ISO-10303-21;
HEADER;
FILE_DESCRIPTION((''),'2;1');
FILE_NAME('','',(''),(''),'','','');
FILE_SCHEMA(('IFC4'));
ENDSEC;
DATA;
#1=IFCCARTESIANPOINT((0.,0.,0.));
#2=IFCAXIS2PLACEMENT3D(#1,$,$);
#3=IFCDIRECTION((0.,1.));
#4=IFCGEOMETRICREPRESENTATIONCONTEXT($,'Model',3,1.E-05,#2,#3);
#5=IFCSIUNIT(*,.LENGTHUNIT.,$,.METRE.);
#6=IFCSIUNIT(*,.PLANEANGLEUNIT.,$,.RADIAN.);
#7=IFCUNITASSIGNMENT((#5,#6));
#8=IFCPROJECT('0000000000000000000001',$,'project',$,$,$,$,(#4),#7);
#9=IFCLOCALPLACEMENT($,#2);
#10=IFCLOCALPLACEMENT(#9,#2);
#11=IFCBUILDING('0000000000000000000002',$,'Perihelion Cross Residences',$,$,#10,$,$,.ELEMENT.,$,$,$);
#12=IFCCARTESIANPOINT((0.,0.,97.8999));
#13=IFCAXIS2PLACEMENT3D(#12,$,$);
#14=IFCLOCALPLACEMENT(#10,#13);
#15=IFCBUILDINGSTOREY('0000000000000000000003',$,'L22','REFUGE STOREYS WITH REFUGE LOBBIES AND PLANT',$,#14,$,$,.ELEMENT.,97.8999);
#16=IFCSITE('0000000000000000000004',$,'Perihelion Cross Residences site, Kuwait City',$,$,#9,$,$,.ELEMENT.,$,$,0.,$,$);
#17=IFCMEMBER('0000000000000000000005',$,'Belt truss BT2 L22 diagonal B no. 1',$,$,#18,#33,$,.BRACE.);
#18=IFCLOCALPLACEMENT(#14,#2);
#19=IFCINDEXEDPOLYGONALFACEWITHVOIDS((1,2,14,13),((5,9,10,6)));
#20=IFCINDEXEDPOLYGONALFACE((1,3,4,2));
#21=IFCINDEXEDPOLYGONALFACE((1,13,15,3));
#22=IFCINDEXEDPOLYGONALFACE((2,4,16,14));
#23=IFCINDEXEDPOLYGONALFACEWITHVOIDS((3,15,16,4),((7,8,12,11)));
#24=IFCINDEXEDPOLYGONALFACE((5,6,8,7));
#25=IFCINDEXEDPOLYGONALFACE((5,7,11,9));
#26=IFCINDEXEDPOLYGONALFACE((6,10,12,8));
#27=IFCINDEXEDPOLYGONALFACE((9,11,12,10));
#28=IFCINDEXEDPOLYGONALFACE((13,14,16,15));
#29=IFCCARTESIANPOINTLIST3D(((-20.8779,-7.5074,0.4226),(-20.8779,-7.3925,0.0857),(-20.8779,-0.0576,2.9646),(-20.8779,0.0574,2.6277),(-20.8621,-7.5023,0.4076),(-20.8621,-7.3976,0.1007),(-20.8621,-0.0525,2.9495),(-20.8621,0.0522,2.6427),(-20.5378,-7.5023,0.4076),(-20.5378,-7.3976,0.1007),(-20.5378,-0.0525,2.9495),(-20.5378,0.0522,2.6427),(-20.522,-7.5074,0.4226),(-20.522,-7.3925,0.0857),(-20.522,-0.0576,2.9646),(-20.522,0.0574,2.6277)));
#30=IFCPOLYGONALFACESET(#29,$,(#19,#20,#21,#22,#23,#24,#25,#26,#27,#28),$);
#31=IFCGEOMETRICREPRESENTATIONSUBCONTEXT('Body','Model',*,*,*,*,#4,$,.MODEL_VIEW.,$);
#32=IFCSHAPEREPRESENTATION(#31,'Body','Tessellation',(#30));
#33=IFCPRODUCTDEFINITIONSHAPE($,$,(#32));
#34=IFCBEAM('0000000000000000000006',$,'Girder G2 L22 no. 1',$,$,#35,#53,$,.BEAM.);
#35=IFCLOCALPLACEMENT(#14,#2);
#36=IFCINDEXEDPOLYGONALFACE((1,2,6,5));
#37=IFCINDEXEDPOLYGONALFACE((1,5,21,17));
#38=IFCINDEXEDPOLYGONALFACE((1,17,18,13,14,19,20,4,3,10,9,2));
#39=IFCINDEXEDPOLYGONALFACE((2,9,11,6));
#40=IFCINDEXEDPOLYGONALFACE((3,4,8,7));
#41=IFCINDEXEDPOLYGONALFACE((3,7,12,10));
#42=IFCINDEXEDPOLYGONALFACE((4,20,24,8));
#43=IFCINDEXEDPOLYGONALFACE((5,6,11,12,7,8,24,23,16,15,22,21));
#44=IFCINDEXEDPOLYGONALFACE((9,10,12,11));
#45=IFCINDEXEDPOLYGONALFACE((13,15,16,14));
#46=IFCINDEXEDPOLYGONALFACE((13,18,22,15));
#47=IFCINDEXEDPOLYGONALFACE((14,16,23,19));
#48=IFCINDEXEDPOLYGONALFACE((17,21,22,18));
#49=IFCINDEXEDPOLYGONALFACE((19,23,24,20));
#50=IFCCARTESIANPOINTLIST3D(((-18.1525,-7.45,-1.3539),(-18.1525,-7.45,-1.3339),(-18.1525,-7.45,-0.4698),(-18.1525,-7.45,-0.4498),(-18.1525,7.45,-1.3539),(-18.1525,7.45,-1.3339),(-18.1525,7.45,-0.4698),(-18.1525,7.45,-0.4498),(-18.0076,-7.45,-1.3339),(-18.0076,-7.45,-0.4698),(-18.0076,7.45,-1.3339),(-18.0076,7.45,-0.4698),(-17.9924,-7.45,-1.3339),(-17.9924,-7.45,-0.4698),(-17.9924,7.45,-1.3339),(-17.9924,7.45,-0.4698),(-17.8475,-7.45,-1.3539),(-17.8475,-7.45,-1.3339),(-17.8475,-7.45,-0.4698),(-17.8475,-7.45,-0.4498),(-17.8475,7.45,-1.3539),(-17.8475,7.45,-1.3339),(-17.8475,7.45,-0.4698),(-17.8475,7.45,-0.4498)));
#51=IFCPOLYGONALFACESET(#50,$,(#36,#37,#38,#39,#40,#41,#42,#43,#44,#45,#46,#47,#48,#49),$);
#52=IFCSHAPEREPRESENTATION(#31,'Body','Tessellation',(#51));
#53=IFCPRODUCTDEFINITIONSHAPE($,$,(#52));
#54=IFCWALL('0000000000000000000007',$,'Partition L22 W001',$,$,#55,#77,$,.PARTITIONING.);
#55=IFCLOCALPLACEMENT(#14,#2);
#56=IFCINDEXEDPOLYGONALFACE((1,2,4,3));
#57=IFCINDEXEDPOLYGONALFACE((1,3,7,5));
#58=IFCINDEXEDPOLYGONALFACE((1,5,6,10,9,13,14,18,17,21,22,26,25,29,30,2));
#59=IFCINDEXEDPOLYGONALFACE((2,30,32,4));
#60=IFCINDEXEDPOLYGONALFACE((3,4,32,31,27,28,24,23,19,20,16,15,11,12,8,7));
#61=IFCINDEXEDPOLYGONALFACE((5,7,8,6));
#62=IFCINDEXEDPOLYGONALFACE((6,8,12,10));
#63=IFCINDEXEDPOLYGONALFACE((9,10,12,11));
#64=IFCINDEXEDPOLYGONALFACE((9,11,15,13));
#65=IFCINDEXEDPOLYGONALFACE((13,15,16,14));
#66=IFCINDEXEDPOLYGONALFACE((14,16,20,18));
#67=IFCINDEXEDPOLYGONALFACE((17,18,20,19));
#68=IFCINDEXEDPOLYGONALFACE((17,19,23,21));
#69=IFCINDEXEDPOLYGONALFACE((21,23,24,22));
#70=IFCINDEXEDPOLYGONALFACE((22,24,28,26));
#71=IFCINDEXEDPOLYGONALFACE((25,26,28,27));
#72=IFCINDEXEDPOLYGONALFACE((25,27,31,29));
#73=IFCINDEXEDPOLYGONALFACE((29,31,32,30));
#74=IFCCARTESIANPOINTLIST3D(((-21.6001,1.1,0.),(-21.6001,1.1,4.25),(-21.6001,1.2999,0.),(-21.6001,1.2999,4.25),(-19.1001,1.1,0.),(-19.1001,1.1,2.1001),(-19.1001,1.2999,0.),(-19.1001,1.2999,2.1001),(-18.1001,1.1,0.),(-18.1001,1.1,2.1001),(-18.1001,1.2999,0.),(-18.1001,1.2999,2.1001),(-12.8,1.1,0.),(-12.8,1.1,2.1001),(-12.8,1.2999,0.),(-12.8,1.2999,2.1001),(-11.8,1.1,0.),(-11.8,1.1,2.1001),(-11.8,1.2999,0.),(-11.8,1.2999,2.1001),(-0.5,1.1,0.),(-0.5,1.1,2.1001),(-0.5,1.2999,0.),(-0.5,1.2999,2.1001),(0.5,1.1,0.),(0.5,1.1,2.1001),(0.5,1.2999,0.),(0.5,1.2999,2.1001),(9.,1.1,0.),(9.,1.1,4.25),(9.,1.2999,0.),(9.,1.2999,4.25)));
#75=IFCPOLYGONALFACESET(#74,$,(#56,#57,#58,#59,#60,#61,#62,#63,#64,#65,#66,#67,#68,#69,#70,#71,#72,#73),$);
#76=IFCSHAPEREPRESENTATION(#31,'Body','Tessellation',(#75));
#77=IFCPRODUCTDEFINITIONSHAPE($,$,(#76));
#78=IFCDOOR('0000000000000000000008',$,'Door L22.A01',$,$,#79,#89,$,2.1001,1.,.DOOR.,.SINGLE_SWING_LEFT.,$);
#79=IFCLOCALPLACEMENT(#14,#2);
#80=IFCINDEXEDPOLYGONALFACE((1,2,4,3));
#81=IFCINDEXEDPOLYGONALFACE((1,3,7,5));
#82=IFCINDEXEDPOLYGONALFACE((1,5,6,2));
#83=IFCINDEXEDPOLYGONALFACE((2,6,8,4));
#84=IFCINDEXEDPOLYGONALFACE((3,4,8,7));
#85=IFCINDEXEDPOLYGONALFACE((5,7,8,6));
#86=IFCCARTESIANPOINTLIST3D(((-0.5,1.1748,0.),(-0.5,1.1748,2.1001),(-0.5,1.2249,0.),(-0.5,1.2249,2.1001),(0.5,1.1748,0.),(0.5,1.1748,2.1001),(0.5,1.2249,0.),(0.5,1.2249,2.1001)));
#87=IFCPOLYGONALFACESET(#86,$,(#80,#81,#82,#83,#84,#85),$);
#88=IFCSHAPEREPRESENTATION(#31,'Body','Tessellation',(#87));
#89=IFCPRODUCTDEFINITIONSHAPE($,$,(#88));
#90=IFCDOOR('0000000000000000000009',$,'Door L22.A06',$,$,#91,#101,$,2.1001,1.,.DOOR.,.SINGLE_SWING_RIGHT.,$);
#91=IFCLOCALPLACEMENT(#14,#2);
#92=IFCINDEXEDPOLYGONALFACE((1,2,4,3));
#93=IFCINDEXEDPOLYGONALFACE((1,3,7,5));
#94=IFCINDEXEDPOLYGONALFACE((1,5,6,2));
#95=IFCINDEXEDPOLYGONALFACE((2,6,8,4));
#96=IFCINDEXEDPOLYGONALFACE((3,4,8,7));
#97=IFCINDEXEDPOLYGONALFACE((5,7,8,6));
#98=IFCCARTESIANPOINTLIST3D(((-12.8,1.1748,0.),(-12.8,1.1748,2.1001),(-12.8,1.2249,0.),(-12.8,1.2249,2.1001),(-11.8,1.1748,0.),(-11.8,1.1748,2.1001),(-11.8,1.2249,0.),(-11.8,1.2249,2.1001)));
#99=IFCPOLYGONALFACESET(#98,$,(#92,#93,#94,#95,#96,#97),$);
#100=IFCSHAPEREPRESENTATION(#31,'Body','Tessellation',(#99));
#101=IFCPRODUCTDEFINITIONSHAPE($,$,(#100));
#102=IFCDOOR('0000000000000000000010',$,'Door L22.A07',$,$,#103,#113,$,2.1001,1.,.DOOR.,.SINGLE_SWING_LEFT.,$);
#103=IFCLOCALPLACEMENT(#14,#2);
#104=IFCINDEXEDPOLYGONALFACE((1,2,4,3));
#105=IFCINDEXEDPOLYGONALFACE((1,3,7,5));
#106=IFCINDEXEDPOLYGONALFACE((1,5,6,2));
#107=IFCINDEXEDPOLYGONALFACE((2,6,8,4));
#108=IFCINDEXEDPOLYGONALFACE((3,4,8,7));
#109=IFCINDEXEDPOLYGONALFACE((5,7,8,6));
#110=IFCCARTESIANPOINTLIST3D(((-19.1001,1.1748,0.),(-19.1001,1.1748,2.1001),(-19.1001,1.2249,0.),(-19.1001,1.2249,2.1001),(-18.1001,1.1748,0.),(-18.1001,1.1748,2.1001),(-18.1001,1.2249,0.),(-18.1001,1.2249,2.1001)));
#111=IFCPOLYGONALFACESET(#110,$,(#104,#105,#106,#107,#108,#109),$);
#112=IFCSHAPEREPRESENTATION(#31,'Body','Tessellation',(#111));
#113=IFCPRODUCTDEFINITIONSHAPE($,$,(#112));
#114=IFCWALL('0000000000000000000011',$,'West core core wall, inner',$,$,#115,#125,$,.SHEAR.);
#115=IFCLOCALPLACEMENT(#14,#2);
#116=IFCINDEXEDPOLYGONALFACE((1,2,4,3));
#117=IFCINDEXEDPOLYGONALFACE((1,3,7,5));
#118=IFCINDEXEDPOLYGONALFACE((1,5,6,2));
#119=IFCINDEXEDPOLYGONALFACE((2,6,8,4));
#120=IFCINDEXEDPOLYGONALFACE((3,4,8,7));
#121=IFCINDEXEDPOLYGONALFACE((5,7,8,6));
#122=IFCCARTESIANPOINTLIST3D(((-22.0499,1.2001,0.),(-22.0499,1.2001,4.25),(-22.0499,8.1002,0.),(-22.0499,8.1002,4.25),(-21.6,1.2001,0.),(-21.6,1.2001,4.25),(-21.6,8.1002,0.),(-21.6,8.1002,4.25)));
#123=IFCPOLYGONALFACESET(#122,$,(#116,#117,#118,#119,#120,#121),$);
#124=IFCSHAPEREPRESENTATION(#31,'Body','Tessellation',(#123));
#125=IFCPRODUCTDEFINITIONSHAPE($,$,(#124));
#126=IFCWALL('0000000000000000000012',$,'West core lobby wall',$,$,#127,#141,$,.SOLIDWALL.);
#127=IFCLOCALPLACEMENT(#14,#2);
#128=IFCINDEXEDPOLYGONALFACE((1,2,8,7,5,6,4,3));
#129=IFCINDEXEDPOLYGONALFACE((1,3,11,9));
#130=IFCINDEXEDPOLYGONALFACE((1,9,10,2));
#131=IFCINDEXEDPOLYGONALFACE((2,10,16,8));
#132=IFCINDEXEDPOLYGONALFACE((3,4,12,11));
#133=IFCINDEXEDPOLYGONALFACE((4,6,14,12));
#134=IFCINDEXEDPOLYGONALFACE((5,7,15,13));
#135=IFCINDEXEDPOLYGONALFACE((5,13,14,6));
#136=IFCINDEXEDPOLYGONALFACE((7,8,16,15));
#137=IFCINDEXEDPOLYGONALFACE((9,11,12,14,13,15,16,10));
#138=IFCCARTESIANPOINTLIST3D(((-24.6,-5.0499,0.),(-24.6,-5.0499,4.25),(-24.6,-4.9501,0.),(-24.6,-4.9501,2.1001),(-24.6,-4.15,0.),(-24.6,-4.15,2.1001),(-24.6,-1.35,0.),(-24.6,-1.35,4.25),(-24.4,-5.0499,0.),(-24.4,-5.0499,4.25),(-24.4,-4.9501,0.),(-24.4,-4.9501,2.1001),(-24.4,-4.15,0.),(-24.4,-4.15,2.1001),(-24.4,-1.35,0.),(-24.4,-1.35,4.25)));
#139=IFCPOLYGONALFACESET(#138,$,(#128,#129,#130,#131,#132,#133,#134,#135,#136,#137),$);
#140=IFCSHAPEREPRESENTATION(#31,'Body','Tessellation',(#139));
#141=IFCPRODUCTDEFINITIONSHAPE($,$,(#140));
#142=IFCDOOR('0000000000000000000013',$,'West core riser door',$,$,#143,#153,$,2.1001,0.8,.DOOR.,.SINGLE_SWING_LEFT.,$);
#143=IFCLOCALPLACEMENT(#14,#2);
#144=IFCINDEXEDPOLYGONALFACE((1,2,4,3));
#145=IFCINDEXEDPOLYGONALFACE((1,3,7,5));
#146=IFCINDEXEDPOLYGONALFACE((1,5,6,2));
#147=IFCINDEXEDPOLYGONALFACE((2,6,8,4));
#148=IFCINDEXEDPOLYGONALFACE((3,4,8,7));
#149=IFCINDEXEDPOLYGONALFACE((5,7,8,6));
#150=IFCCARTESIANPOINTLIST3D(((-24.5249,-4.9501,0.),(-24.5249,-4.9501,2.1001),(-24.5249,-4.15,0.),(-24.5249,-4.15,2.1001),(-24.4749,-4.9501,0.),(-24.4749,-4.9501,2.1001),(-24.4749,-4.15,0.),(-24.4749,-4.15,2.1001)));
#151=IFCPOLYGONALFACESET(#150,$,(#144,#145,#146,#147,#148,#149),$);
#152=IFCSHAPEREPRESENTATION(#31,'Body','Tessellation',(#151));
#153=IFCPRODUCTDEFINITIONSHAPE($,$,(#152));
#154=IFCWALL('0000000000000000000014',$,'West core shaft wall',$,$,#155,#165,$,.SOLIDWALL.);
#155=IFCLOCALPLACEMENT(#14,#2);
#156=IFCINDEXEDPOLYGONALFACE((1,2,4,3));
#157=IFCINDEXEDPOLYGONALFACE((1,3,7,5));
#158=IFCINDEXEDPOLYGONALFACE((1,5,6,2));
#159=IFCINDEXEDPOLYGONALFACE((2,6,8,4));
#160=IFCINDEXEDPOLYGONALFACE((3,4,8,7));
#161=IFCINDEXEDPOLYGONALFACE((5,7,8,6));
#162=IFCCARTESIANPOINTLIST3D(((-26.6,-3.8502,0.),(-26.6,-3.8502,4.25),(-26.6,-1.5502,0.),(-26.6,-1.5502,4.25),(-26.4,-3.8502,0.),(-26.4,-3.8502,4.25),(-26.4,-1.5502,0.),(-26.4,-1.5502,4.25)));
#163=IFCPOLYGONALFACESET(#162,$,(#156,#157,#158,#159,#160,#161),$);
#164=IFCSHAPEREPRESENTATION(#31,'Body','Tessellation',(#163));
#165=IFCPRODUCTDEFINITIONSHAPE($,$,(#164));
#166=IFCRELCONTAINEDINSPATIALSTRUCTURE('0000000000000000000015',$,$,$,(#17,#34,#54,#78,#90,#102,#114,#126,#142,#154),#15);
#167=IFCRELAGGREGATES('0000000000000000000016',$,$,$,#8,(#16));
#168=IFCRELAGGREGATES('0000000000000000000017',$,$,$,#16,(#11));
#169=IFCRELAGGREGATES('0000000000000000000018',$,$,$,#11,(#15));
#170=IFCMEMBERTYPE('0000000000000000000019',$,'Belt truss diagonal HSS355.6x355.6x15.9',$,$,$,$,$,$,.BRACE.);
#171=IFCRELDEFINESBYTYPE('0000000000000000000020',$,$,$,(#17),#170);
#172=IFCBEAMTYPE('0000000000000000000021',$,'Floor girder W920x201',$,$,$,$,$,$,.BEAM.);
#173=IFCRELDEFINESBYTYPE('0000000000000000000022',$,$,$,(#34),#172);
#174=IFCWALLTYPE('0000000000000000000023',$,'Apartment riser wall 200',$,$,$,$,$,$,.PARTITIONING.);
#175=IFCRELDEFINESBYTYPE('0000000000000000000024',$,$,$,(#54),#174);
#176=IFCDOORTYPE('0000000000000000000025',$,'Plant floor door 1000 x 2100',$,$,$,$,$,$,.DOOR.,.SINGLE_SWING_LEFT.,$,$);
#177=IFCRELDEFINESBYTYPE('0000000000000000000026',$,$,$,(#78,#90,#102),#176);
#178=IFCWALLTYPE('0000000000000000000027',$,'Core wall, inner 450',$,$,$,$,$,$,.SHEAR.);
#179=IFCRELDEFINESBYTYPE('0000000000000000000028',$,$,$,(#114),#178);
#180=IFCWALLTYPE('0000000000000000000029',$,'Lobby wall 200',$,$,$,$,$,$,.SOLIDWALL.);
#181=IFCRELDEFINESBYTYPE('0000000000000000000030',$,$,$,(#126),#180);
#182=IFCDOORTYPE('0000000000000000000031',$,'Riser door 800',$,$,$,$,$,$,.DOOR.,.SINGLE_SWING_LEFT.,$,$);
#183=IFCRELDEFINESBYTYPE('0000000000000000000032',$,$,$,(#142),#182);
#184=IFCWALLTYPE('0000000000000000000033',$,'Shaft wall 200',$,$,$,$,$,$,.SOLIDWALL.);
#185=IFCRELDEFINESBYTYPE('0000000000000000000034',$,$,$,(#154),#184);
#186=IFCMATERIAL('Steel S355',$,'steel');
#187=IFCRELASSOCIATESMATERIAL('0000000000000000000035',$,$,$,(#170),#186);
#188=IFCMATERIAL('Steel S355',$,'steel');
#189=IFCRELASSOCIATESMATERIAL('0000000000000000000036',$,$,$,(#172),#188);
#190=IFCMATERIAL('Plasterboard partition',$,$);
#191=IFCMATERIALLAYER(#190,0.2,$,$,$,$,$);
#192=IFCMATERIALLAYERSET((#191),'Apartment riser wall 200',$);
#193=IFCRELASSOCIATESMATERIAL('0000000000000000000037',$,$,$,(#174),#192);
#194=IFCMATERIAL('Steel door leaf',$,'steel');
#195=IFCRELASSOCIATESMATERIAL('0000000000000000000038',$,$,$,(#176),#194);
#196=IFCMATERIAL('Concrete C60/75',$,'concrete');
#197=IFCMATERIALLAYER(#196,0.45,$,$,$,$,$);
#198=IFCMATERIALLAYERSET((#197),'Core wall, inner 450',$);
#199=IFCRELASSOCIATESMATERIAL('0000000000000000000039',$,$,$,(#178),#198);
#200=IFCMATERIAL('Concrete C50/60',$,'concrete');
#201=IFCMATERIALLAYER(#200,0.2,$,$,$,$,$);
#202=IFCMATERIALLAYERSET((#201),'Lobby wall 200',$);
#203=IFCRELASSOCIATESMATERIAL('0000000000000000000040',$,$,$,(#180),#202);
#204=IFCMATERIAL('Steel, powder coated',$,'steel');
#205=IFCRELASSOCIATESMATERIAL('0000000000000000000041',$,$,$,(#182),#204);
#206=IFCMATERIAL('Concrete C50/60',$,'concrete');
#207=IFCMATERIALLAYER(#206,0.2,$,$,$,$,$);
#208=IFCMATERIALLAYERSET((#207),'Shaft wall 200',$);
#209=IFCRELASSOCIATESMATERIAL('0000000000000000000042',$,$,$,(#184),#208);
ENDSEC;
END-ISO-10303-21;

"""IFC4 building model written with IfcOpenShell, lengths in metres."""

from ifc_helpers import new_model, si_unit, direction, frame, frame_2d, origin, origin_2d, place, context, subcontext, project, spatial, rectangle, hollow_rectangle, i_section, extrude, material, layer, layer_set, material_profile, profile_set, type_object, element, fill, save


model = new_model("IFC4")

# Units and contexts
model_context = context("Model", 3, precision=1e-05, world=origin(), true_north=direction((0.0, 1.0)))
body_context = subcontext(model_context, "Body", "Model", "MODEL_VIEW")
ifc_project = project(units=[si_unit("LENGTHUNIT", "METRE"), si_unit("PLANEANGLEUNIT", "RADIAN")], contexts=[model_context])

# Site, building, storey
site_placement = place(None, origin())
site = spatial("IfcSite", under=ifc_project, at=site_placement, Name="Perihelion Cross Residences site, Kuwait City", CompositionType="ELEMENT", RefElevation=0.0)
building_placement = place(site_placement, origin())
building = spatial("IfcBuilding", under=site, at=building_placement, Name="Perihelion Cross Residences", CompositionType="ELEMENT")
storey_placement = place(building_placement, frame((0.0, 0.0, 97.8999)))
storey = spatial("IfcBuildingStorey", under=building, at=storey_placement, Name="L22", Description="REFUGE STOREYS WITH REFUGE LOBBIES AND PLANT", CompositionType="ELEMENT", Elevation=97.8999)

# Member
ifc_material_1 = material(Name="Steel S355", Category="steel")
ifc_material_profile_1 = material_profile(ifc_material_1, hollow_rectangle(XDim=0.356, YDim=0.356, WallThickness=0.0159, at=origin_2d()), Name="HSS355.6x355.6x15.9")
ifc_profile_set_1 = profile_set([ifc_material_profile_1], Name="Steel S355")
member_type = type_object("IfcMemberType", Name="Belt truss diagonal HSS355.6x355.6x15.9", PredefinedType="BRACE", material=ifc_profile_set_1)
member_placement = place(storey_placement, frame((-20.7, -7.45, 0.2542), z_axis=(0.0, 0.946423, 0.322928), x_axis=(-1.0, 0.0, 0.0)))
element("IfcMember", 1, at=member_placement, inside=storey, type_object=member_type, Name="Belt truss BT2 L22 diagonal B no. 1", PredefinedType="BRACE", context=body_context, shape_type="SweptSolid", body=[
    extrude(hollow_rectangle(XDim=0.356, YDim=0.356, WallThickness=0.0159, at=origin_2d()), origin(), (0.0, 0.0, 1.0), 7.8716),
])

# Beam
ifc_material_2 = material(Name="Steel S355", Category="steel")
ifc_material_profile_2 = material_profile(ifc_material_2, i_section(OverallWidth=0.3049, OverallDepth=0.9041, WebThickness=0.0151, FlangeThickness=0.02, at=origin_2d()), Name="W920x201")
ifc_profile_set_2 = profile_set([ifc_material_profile_2], Name="Steel S355")
beam_type = type_object("IfcBeamType", Name="Floor girder W920x201", PredefinedType="BEAM", material=ifc_profile_set_2)
beam_placement = place(storey_placement, frame((-18.0, -7.45, -0.9019), z_axis=(0.0, 1.0, 0.0), x_axis=(-1.0, 0.0, 0.0)))
element("IfcBeam", 2, at=beam_placement, inside=storey, type_object=beam_type, Name="Girder G2 L22 no. 1", PredefinedType="BEAM", context=body_context, shape_type="SweptSolid", body=[
    extrude(i_section(OverallWidth=0.3049, OverallDepth=0.9041, WebThickness=0.0151, FlangeThickness=0.02, at=origin_2d()), origin(), (0.0, 0.0, 1.0), 14.8999),
])

# Wall, openings, doors
ifc_material_3 = material(Name="Plasterboard partition")
ifc_layer_1 = layer(ifc_material_3, 0.2)
ifc_layer_set_1 = layer_set([ifc_layer_1], Name="Apartment riser wall 200")
wall_type_1 = type_object("IfcWallType", Name="Apartment riser wall 200", PredefinedType="PARTITIONING", material=ifc_layer_set_1)
wall_1_placement = place(storey_placement, frame((-21.6001, 1.2, 0.0), z_axis=(0.0, 0.0, 1.0), x_axis=(1.0, 0.0, 0.0)))
wall_1 = element("IfcWall", 3, at=wall_1_placement, inside=storey, type_object=wall_type_1, Name="Partition L22 W001", PredefinedType="PARTITIONING", context=body_context, shape_type="SweptSolid", body=[
    extrude(rectangle(XDim=30.6001, YDim=0.2, at=frame_2d((15.3, 0.0))), origin(), (0.0, 0.0, 1.0), 4.25),
])
opening_1_placement = place(wall_1_placement, frame((21.1001, 0.0, 0.0)))
opening_1 = element("IfcOpeningElement", 4, at=opening_1_placement, cuts=wall_1, PredefinedType="OPENING", context=body_context, shape_type="SweptSolid", body=[
    extrude(rectangle(XDim=1.0, YDim=2.1001, at=frame_2d((0.5, 1.05))), frame((0.0, 0.1099, 0.0), z_axis=(0.0, -1.0, 0.0), x_axis=(1.0, 0.0, 0.0)), (0.0, 0.0, 1.0), 0.22),
])
opening_2_placement = place(wall_1_placement, frame((8.8, 0.0, 0.0)))
opening_2 = element("IfcOpeningElement", 5, at=opening_2_placement, cuts=wall_1, PredefinedType="OPENING", context=body_context, shape_type="SweptSolid", body=[
    extrude(rectangle(XDim=1.0, YDim=2.1001, at=frame_2d((0.5, 1.05))), frame((0.0, 0.1099, 0.0), z_axis=(0.0, -1.0, 0.0), x_axis=(1.0, 0.0, 0.0)), (0.0, 0.0, 1.0), 0.22),
])
opening_3_placement = place(wall_1_placement, frame((2.5, 0.0, 0.0)))
opening_3 = element("IfcOpeningElement", 6, at=opening_3_placement, cuts=wall_1, PredefinedType="OPENING", context=body_context, shape_type="SweptSolid", body=[
    extrude(rectangle(XDim=1.0, YDim=2.1001, at=frame_2d((0.5, 1.05))), frame((0.0, 0.1099, 0.0), z_axis=(0.0, -1.0, 0.0), x_axis=(1.0, 0.0, 0.0)), (0.0, 0.0, 1.0), 0.22),
])
ifc_material_4 = material(Name="Steel door leaf", Category="steel")
door_type_1 = type_object("IfcDoorType", Name="Plant floor door 1000 x 2100", OperationType="SINGLE_SWING_LEFT", PredefinedType="DOOR", material=ifc_material_4)
door_1_placement = place(opening_1_placement, origin())
door_1 = element("IfcDoor", 7, at=door_1_placement, inside=storey, type_object=door_type_1, Name="Door L22.A01", OperationType="SINGLE_SWING_LEFT", OverallHeight=2.1001, OverallWidth=1.0, PredefinedType="DOOR", context=body_context, shape_type="SweptSolid", body=[
    extrude(rectangle(XDim=1.0, YDim=2.1001, at=frame_2d((0.5, 1.05))), frame((0.0, 0.0249, 0.0), z_axis=(0.0, -1.0, 0.0), x_axis=(1.0, 0.0, 0.0)), (0.0, 0.0, 1.0), 0.05),
])
fill(opening_1, door_1)
door_2_placement = place(opening_2_placement, origin())
door_2 = element("IfcDoor", 8, at=door_2_placement, inside=storey, type_object=door_type_1, Name="Door L22.A06", OperationType="SINGLE_SWING_RIGHT", OverallHeight=2.1001, OverallWidth=1.0, PredefinedType="DOOR", context=body_context, shape_type="SweptSolid", body=[
    extrude(rectangle(XDim=1.0, YDim=2.1001, at=frame_2d((0.5, 1.05))), frame((0.0, 0.0249, 0.0), z_axis=(0.0, -1.0, 0.0), x_axis=(1.0, 0.0, 0.0)), (0.0, 0.0, 1.0), 0.05),
])
fill(opening_2, door_2)
door_3_placement = place(opening_3_placement, origin())
door_3 = element("IfcDoor", 9, at=door_3_placement, inside=storey, type_object=door_type_1, Name="Door L22.A07", OperationType="SINGLE_SWING_LEFT", OverallHeight=2.1001, OverallWidth=1.0, PredefinedType="DOOR", context=body_context, shape_type="SweptSolid", body=[
    extrude(rectangle(XDim=1.0, YDim=2.1001, at=frame_2d((0.5, 1.05))), frame((0.0, 0.0249, 0.0), z_axis=(0.0, -1.0, 0.0), x_axis=(1.0, 0.0, 0.0)), (0.0, 0.0, 1.0), 0.05),
])
fill(opening_3, door_3)

# Wall
ifc_material_5 = material(Name="Concrete C60/75", Category="concrete")
ifc_layer_2 = layer(ifc_material_5, 0.45)
ifc_layer_set_2 = layer_set([ifc_layer_2], Name="Core wall, inner 450")
wall_type_2 = type_object("IfcWallType", Name="Core wall, inner 450", PredefinedType="SHEAR", material=ifc_layer_set_2)
wall_2_placement = place(storey_placement, frame((-21.825, 1.2, 0.0), z_axis=(0.0, 0.0, 1.0), x_axis=(0.0, 1.0, 0.0)))
element("IfcWall", 10, at=wall_2_placement, inside=storey, type_object=wall_type_2, Name="West core core wall, inner", PredefinedType="SHEAR", context=body_context, shape_type="SweptSolid", body=[
    extrude(rectangle(XDim=6.9001, YDim=0.45, at=frame_2d((3.4502, 0.0))), origin(), (0.0, 0.0, 1.0), 4.25),
])

# Wall, opening, door
ifc_material_6 = material(Name="Concrete C50/60", Category="concrete")
ifc_layer_3 = layer(ifc_material_6, 0.2)
ifc_layer_set_3 = layer_set([ifc_layer_3], Name="Lobby wall 200")
wall_type_3 = type_object("IfcWallType", Name="Lobby wall 200", PredefinedType="SOLIDWALL", material=ifc_layer_set_3)
wall_3_placement = place(storey_placement, frame((-24.5, -5.05, 0.0), z_axis=(0.0, 0.0, 1.0), x_axis=(0.0, 1.0, 0.0)))
wall_3 = element("IfcWall", 11, at=wall_3_placement, inside=storey, type_object=wall_type_3, Name="West core lobby wall", PredefinedType="SOLIDWALL", context=body_context, shape_type="SweptSolid", body=[
    extrude(rectangle(XDim=3.7, YDim=0.2, at=frame_2d((1.8501, 0.0))), origin(), (0.0, 0.0, 1.0), 4.25),
])
opening_4_placement = place(wall_3_placement, frame((0.1001, 0.0, 0.0)))
opening_4 = element("IfcOpeningElement", 12, at=opening_4_placement, cuts=wall_3, PredefinedType="OPENING", context=body_context, shape_type="SweptSolid", body=[
    extrude(rectangle(XDim=0.8, YDim=2.1001, at=frame_2d((0.3999, 1.05))), frame((0.0, 0.1099, 0.0), z_axis=(0.0, -1.0, 0.0), x_axis=(1.0, 0.0, 0.0)), (0.0, 0.0, 1.0), 0.22),
])
ifc_material_7 = material(Name="Steel, powder coated", Category="steel")
door_type_2 = type_object("IfcDoorType", Name="Riser door 800", OperationType="SINGLE_SWING_LEFT", PredefinedType="DOOR", material=ifc_material_7)
door_4_placement = place(opening_4_placement, origin())
door_4 = element("IfcDoor", 13, at=door_4_placement, inside=storey, type_object=door_type_2, Name="West core riser door", OperationType="SINGLE_SWING_LEFT", OverallHeight=2.1001, OverallWidth=0.8, PredefinedType="DOOR", context=body_context, shape_type="SweptSolid", body=[
    extrude(rectangle(XDim=0.8, YDim=2.1001, at=frame_2d((0.3999, 1.05))), frame((0.0, 0.0249, 0.0), z_axis=(0.0, -1.0, 0.0), x_axis=(1.0, 0.0, 0.0)), (0.0, 0.0, 1.0), 0.05),
])
fill(opening_4, door_4)

# Wall
ifc_material_8 = material(Name="Concrete C50/60", Category="concrete")
ifc_layer_4 = layer(ifc_material_8, 0.2)
ifc_layer_set_4 = layer_set([ifc_layer_4], Name="Shaft wall 200")
wall_type_4 = type_object("IfcWallType", Name="Shaft wall 200", PredefinedType="SOLIDWALL", material=ifc_layer_set_4)
wall_4_placement = place(storey_placement, frame((-26.5, -3.8501, 0.0), z_axis=(0.0, 0.0, 1.0), x_axis=(0.0, 1.0, 0.0)))
element("IfcWall", 14, at=wall_4_placement, inside=storey, type_object=wall_type_4, Name="West core shaft wall", PredefinedType="SOLIDWALL", context=body_context, shape_type="SweptSolid", body=[
    extrude(rectangle(XDim=2.3, YDim=0.2, at=frame_2d((1.1499, 0.0))), origin(), (0.0, 0.0, 1.0), 4.25),
])

save(model, "model.ifc")
